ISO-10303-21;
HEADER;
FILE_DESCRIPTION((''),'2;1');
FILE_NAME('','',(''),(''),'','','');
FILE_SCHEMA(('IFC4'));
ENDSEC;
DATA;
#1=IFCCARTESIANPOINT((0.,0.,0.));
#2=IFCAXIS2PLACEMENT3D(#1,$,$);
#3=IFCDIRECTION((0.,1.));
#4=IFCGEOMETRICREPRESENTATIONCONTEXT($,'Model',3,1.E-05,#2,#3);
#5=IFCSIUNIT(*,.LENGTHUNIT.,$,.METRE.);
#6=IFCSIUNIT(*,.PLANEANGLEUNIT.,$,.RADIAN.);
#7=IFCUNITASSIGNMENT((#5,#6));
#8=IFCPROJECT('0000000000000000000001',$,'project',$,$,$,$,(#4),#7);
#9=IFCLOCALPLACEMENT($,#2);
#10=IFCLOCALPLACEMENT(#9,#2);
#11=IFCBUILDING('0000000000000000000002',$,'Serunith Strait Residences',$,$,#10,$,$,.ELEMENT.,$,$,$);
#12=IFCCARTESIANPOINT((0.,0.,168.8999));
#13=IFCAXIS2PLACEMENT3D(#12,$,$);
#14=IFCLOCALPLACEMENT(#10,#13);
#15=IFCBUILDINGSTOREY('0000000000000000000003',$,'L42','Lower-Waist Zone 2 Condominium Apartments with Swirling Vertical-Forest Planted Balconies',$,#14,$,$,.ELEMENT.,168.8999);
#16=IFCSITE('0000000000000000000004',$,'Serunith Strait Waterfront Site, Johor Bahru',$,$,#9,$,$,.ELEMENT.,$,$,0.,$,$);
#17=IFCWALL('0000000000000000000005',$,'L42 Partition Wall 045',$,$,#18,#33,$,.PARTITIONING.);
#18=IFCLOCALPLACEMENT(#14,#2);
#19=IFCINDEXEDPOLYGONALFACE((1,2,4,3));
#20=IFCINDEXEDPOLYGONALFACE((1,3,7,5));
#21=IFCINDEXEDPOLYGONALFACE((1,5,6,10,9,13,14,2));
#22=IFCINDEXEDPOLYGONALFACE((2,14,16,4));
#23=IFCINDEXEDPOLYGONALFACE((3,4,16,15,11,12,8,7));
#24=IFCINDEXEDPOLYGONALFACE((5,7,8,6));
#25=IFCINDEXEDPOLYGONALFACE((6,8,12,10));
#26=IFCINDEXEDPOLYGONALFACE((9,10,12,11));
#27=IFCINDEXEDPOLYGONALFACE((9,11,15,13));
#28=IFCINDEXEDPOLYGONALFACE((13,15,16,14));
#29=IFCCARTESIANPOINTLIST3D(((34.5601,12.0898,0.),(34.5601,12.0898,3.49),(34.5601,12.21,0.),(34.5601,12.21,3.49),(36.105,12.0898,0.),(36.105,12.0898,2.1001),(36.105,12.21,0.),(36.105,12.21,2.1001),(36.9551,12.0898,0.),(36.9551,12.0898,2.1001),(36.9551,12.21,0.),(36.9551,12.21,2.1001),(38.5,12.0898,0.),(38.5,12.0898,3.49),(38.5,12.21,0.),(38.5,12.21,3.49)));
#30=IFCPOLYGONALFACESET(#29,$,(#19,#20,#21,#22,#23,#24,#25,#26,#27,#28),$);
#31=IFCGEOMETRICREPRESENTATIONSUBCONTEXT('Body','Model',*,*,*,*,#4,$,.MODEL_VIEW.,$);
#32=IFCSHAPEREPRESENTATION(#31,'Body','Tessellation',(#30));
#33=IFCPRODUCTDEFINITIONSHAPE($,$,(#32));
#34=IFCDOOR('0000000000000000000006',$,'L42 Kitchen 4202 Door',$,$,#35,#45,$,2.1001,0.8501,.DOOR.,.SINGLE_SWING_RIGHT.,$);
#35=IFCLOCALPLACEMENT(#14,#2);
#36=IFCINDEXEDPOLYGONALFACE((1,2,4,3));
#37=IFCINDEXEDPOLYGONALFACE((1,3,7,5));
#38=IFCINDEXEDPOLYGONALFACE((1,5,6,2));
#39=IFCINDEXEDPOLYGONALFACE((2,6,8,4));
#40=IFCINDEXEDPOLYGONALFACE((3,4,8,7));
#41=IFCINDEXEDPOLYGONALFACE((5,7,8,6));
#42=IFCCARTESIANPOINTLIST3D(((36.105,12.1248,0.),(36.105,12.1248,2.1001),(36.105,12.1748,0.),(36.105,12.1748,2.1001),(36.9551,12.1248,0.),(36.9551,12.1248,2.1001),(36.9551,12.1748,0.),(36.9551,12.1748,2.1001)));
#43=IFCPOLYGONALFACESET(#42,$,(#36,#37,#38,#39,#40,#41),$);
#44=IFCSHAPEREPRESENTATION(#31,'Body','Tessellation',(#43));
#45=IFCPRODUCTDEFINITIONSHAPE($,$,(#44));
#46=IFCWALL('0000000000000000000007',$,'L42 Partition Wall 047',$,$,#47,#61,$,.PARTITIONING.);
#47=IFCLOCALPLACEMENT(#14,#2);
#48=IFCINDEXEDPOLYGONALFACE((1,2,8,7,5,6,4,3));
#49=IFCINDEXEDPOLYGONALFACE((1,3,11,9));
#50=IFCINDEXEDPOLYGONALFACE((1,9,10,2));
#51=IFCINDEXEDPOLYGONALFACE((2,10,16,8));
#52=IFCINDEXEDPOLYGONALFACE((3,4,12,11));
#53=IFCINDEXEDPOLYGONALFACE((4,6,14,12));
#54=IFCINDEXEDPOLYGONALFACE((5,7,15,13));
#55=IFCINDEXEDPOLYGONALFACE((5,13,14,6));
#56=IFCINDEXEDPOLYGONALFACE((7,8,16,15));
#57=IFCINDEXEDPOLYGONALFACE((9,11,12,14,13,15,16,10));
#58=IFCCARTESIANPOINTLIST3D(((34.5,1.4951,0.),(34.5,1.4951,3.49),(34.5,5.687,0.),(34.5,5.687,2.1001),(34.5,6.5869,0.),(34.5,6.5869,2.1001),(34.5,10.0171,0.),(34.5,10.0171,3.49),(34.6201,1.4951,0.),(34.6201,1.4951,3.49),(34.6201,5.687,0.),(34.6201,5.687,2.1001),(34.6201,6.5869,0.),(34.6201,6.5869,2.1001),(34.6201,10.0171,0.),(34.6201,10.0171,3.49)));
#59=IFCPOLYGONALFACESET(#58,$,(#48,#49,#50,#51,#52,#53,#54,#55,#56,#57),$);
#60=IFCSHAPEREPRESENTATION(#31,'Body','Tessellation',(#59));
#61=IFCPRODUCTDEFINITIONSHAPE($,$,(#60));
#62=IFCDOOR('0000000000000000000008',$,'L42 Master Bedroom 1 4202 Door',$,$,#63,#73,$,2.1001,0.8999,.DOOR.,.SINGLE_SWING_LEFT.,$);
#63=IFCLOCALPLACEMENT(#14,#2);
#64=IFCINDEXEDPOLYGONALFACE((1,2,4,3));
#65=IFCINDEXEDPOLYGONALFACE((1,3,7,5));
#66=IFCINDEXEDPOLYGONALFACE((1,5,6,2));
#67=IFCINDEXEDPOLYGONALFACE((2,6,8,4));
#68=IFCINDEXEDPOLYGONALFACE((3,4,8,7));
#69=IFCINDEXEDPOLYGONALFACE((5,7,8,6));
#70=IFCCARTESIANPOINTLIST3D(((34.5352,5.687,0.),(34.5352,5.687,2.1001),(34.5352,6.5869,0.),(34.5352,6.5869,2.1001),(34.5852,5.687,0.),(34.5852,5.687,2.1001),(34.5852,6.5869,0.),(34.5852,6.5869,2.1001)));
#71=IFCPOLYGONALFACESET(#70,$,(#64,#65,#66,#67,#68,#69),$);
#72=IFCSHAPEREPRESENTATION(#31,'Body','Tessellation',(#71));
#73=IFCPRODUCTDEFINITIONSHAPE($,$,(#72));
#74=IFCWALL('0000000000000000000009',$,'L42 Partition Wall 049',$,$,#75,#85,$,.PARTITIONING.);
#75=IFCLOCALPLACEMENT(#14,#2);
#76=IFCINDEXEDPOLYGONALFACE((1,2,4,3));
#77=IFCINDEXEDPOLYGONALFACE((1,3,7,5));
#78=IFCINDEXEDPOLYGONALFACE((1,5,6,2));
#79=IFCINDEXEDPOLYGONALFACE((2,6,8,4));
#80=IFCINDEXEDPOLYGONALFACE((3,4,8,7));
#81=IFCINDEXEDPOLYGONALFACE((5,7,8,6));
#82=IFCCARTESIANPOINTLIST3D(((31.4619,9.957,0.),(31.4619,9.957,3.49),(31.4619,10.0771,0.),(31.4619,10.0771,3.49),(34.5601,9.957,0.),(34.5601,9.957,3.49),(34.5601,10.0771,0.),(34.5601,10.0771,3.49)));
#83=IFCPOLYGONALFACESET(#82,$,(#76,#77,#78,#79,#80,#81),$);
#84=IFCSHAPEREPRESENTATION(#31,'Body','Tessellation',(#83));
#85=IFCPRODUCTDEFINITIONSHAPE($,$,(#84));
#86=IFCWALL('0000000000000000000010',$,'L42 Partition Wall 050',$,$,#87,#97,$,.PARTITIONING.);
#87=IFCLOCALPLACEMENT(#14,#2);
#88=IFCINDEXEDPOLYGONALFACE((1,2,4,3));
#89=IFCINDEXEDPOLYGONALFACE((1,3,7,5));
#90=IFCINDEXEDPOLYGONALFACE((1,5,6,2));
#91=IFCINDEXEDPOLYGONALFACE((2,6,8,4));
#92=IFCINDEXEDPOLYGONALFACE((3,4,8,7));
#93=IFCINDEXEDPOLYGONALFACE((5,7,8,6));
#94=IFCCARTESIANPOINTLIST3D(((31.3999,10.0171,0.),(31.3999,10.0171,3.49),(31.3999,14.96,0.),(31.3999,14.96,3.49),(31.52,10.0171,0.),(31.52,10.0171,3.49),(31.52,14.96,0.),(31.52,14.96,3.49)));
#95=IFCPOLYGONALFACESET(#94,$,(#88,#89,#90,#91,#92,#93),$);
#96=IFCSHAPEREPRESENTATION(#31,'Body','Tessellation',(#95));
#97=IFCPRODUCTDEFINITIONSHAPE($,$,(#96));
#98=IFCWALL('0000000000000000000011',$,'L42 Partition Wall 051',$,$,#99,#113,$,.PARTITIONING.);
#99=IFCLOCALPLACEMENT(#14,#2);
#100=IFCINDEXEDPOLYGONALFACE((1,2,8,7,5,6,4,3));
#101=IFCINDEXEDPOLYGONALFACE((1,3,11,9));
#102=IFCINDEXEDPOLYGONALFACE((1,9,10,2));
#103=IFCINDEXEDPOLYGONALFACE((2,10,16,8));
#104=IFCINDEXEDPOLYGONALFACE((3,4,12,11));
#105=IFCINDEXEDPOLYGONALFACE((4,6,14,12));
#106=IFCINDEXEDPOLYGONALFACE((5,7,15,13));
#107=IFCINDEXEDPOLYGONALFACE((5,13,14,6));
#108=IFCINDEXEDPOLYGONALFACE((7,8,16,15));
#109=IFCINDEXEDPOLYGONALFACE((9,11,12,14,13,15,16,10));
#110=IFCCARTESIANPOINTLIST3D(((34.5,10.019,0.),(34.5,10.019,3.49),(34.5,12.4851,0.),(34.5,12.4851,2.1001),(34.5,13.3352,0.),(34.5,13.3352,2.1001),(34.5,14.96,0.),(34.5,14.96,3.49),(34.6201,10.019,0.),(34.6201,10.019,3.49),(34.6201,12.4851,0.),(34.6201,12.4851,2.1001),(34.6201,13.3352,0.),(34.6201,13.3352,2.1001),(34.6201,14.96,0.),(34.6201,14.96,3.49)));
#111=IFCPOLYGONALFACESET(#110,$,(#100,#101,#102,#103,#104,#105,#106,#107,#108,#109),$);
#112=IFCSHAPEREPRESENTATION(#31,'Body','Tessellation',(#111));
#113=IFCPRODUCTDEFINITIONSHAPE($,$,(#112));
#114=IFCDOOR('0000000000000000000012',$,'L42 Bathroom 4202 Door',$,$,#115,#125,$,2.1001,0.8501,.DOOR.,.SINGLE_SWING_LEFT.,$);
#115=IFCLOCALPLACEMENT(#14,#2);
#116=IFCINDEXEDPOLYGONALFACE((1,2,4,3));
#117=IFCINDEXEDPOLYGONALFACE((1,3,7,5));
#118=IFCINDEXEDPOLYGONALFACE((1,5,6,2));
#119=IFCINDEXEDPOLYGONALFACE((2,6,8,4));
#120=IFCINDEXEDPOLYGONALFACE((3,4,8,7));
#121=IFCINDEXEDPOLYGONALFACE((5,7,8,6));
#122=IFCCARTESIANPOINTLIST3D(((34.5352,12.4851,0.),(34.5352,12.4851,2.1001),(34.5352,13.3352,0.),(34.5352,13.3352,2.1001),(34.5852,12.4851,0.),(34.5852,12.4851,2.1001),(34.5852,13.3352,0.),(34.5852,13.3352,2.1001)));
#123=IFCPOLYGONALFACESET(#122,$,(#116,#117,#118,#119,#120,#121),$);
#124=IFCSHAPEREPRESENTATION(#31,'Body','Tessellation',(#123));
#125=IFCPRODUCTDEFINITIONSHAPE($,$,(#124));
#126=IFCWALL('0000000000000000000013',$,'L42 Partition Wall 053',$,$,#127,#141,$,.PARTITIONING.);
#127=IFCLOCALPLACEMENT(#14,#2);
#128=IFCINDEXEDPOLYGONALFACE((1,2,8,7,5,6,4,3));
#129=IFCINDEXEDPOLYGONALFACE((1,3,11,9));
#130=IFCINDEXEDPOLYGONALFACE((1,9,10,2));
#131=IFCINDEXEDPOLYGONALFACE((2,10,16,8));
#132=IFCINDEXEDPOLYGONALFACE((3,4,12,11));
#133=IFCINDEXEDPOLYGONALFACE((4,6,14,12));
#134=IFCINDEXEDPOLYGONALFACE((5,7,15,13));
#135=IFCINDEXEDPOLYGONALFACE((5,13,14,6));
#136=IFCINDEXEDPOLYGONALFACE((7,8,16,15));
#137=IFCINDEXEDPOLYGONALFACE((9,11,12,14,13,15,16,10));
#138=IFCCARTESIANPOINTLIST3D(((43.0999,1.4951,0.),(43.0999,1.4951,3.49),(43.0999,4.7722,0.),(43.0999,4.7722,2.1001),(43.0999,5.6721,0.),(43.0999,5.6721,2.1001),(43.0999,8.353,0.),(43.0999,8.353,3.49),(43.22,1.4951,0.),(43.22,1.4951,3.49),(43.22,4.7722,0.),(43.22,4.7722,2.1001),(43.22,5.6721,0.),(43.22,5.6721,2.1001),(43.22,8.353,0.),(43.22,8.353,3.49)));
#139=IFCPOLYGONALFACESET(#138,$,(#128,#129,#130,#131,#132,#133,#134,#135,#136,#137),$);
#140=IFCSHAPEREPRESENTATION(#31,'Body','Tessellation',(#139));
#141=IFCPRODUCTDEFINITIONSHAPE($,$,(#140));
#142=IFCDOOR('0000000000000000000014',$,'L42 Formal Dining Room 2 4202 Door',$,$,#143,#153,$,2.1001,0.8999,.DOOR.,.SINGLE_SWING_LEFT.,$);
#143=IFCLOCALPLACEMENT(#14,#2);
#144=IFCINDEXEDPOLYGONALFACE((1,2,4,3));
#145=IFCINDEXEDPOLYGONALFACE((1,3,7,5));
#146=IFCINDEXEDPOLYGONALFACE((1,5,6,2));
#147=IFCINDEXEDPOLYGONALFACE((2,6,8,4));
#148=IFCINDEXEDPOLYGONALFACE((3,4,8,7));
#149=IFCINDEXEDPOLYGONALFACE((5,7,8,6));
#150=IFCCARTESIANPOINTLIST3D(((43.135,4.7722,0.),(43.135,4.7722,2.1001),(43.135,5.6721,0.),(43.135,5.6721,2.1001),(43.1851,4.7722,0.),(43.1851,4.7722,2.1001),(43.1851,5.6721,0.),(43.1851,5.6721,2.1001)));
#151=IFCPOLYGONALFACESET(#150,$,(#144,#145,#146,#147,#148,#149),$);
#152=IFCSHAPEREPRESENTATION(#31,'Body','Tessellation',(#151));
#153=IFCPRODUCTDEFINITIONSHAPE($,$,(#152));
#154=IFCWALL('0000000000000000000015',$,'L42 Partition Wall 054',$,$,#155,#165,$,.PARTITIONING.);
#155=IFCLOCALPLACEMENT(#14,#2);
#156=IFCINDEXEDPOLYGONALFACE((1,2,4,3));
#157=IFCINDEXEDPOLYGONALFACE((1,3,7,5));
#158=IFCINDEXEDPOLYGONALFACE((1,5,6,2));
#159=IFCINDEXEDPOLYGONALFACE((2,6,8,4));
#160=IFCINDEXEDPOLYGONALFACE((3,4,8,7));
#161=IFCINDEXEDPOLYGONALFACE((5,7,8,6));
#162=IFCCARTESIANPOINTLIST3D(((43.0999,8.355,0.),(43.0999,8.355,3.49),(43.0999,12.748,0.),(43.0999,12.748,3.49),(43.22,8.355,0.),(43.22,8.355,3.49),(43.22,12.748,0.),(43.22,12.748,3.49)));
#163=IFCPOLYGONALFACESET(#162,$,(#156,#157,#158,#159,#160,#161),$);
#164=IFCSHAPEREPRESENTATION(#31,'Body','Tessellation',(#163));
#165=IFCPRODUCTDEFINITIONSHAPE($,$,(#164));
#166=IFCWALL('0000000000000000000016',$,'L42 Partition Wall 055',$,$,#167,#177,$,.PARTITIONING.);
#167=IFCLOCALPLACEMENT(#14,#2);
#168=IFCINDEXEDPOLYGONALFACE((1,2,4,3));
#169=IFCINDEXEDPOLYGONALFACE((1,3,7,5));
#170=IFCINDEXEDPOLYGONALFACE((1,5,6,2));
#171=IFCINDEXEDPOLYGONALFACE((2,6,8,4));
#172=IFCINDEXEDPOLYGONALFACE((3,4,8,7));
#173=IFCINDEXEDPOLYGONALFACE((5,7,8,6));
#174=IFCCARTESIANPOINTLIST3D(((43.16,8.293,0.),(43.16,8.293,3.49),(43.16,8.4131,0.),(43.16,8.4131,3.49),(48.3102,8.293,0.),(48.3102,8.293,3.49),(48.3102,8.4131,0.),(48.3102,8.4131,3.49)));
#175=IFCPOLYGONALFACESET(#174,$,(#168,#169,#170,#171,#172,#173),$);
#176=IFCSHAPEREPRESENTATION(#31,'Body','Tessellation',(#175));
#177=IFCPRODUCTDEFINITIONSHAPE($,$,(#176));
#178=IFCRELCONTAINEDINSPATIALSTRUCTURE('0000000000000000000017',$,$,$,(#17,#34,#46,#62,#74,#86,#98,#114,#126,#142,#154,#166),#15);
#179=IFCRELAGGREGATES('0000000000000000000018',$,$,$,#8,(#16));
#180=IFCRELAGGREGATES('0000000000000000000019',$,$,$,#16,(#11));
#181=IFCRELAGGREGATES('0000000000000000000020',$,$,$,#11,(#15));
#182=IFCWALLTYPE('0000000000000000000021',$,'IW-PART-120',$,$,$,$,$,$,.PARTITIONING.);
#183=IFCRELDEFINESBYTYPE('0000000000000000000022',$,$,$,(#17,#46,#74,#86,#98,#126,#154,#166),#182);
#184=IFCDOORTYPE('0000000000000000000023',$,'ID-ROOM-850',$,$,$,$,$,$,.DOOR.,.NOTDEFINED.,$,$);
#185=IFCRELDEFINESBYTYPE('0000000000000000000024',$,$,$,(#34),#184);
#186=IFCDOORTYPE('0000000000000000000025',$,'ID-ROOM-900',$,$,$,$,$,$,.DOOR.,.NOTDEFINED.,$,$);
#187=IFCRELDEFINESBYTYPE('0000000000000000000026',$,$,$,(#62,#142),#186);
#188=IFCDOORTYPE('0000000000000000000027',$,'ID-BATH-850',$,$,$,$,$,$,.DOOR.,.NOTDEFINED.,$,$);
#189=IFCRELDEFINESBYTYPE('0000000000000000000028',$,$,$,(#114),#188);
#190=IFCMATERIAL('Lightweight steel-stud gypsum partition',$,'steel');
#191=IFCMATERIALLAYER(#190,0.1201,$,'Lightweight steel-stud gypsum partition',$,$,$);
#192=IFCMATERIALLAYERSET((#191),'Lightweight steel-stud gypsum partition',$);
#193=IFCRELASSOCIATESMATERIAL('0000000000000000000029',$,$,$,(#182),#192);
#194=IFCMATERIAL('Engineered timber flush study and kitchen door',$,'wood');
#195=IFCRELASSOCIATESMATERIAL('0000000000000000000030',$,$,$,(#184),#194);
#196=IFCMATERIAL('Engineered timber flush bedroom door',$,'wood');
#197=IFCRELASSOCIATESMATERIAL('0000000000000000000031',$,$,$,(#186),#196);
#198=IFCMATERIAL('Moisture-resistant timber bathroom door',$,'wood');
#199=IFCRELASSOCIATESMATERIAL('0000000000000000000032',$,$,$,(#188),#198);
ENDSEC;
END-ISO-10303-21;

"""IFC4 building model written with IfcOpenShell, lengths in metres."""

from ifc_helpers import new_model, si_unit, direction, frame, frame_2d, origin, place, context, subcontext, project, spatial, rectangle, extrude, source, transform, mapped, material, layer, layer_set, type_object, element, fill, save


model = new_model("IFC4")

# Units and contexts
model_context = context("Model", 3, precision=1e-05, world=origin(), true_north=direction((0.0, 1.0)))
body_context = subcontext(model_context, "Body", "Model", "MODEL_VIEW")
ifc_project = project(units=[si_unit("LENGTHUNIT", "METRE"), si_unit("PLANEANGLEUNIT", "RADIAN")], contexts=[model_context])

# Site, building, storey
site_placement = place(None, origin())
site = spatial("IfcSite", under=ifc_project, at=site_placement, Name="Serunith Strait Waterfront Site, Johor Bahru", CompositionType="ELEMENT", RefElevation=0.0)
building_placement = place(site_placement, origin())
building = spatial("IfcBuilding", under=site, at=building_placement, Name="Serunith Strait Residences", CompositionType="ELEMENT")
storey_placement = place(building_placement, frame((0.0, 0.0, 168.8999)))
storey = spatial("IfcBuildingStorey", under=building, at=storey_placement, Name="L42", Description="Lower-Waist Zone 2 Condominium Apartments with Swirling Vertical-Forest Planted Balconies", CompositionType="ELEMENT", Elevation=168.8999)

# Walls, openings, doors
ifc_material_1 = material(Name="Lightweight steel-stud gypsum partition", Category="steel")
ifc_layer_1 = layer(ifc_material_1, 0.1201, Name="Lightweight steel-stud gypsum partition")
ifc_layer_set_1 = layer_set([ifc_layer_1], Name="Lightweight steel-stud gypsum partition")
wall_type = type_object("IfcWallType", Name="IW-PART-120", PredefinedType="PARTITIONING", material=ifc_layer_set_1)
wall_1_placement = place(storey_placement, frame((34.5601, 12.1499, 0.0), z_axis=(0.0, 0.0, 1.0), x_axis=(1.0, 0.0, 0.0)))
wall_1 = element("IfcWall", 1, at=wall_1_placement, inside=storey, type_object=wall_type, Name="L42 Partition Wall 045", PredefinedType="PARTITIONING", context=body_context, shape_type="SweptSolid", body=[
    extrude(rectangle(XDim=3.9399, YDim=0.1201, at=frame_2d((1.97, 0.0))), origin(), (0.0, 0.0, 1.0), 3.49),
])
opening_1_placement = place(wall_1_placement, frame((1.5449, 0.0, 0.0)))
opening_1 = element("IfcOpeningElement", 2, at=opening_1_placement, cuts=wall_1, PredefinedType="OPENING", context=body_context, shape_type="SweptSolid", body=[
    extrude(rectangle(XDim=0.8501, YDim=2.1001, at=frame_2d((0.425, 1.05))), frame((0.0, 0.0701, 0.0), z_axis=(0.0, -1.0, 0.0), x_axis=(1.0, 0.0, 0.0)), (0.0, 0.0, 1.0), 0.1401),
])
ifc_material_2 = material(Name="Engineered timber flush study and kitchen door", Category="wood")
door_type_1 = type_object("IfcDoorType", Name="ID-ROOM-850", OperationType="NOTDEFINED", PredefinedType="DOOR", material=ifc_material_2)
shared_shape_1 = source(origin(), body_context, "Body", "SweptSolid", [
    extrude(rectangle(XDim=0.8501, YDim=2.1001, at=frame_2d((0.425, 1.05))), frame((0.0, 0.0249, 0.0), z_axis=(0.0, -1.0, 0.0), x_axis=(1.0, 0.0, 0.0)), (0.0, 0.0, 1.0), 0.05),
])
door_1_placement = place(opening_1_placement, origin())
door_1 = element("IfcDoor", 3, at=door_1_placement, inside=storey, type_object=door_type_1, Name="L42 Kitchen 4202 Door", OperationType="SINGLE_SWING_RIGHT", OverallHeight=2.1001, OverallWidth=0.8501, PredefinedType="DOOR", context=body_context, shape_type="MappedRepresentation", body=[
    mapped(shared_shape_1, transform((0.0, 0.0, 0.0), scale=1.0)),
])
fill(opening_1, door_1)
wall_2_placement = place(storey_placement, frame((34.5601, 1.4951, 0.0), z_axis=(0.0, 0.0, 1.0), x_axis=(0.0, 1.0, 0.0)))
wall_2 = element("IfcWall", 4, at=wall_2_placement, inside=storey, type_object=wall_type, Name="L42 Partition Wall 047", PredefinedType="PARTITIONING", context=body_context, shape_type="SweptSolid", body=[
    extrude(rectangle(XDim=8.522, YDim=0.1201, at=frame_2d((4.261, 0.0))), origin(), (0.0, 0.0, 1.0), 3.49),
])
opening_2_placement = place(wall_2_placement, frame((4.1919, 0.0, 0.0)))
opening_2 = element("IfcOpeningElement", 5, at=opening_2_placement, cuts=wall_2, PredefinedType="OPENING", context=body_context, shape_type="SweptSolid", body=[
    extrude(rectangle(XDim=0.8999, YDim=2.1001, at=frame_2d((0.45, 1.05))), frame((0.0, 0.0701, 0.0), z_axis=(0.0, -1.0, 0.0), x_axis=(1.0, 0.0, 0.0)), (0.0, 0.0, 1.0), 0.1401),
])
ifc_material_3 = material(Name="Engineered timber flush bedroom door", Category="wood")
door_type_2 = type_object("IfcDoorType", Name="ID-ROOM-900", OperationType="NOTDEFINED", PredefinedType="DOOR", material=ifc_material_3)
shared_shape_2 = source(origin(), body_context, "Body", "SweptSolid", [
    extrude(rectangle(XDim=0.8999, YDim=2.1001, at=frame_2d((0.45, 1.05))), frame((0.0, 0.0249, 0.0), z_axis=(0.0, -1.0, 0.0), x_axis=(1.0, 0.0, 0.0)), (0.0, 0.0, 1.0), 0.05),
])
door_2_placement = place(opening_2_placement, origin())
door_2 = element("IfcDoor", 6, at=door_2_placement, inside=storey, type_object=door_type_2, Name="L42 Master Bedroom 1 4202 Door", OperationType="SINGLE_SWING_LEFT", OverallHeight=2.1001, OverallWidth=0.8999, PredefinedType="DOOR", context=body_context, shape_type="MappedRepresentation", body=[
    mapped(shared_shape_2, transform((0.0, 0.0, 0.0), scale=1.0)),
])
fill(opening_2, door_2)

# Walls
wall_3_placement = place(storey_placement, frame((31.4619, 10.0171, 0.0), z_axis=(0.0, 0.0, 1.0), x_axis=(1.0, 0.0, 0.0)))
element("IfcWall", 7, at=wall_3_placement, inside=storey, type_object=wall_type, Name="L42 Partition Wall 049", PredefinedType="PARTITIONING", context=body_context, shape_type="SweptSolid", body=[
    extrude(rectangle(XDim=3.0981, YDim=0.1201, at=frame_2d((1.5491, 0.0))), origin(), (0.0, 0.0, 1.0), 3.49),
])
wall_4_placement = place(storey_placement, frame((31.46, 10.0171, 0.0), z_axis=(0.0, 0.0, 1.0), x_axis=(0.0, 1.0, 0.0)))
element("IfcWall", 8, at=wall_4_placement, inside=storey, type_object=wall_type, Name="L42 Partition Wall 050", PredefinedType="PARTITIONING", context=body_context, shape_type="SweptSolid", body=[
    extrude(rectangle(XDim=4.9429, YDim=0.1201, at=frame_2d((2.4714, 0.0))), origin(), (0.0, 0.0, 1.0), 3.49),
])

# Walls, openings, doors
wall_5_placement = place(storey_placement, frame((34.5601, 10.019, 0.0), z_axis=(0.0, 0.0, 1.0), x_axis=(0.0, 1.0, 0.0)))
wall_5 = element("IfcWall", 9, at=wall_5_placement, inside=storey, type_object=wall_type, Name="L42 Partition Wall 051", PredefinedType="PARTITIONING", context=body_context, shape_type="SweptSolid", body=[
    extrude(rectangle(XDim=4.9409, YDim=0.1201, at=frame_2d((2.4705, 0.0))), origin(), (0.0, 0.0, 1.0), 3.49),
])
opening_3_placement = place(wall_5_placement, frame((2.4661, 0.0, 0.0)))
opening_3 = element("IfcOpeningElement", 10, at=opening_3_placement, cuts=wall_5, PredefinedType="OPENING", context=body_context, shape_type="SweptSolid", body=[
    extrude(rectangle(XDim=0.8501, YDim=2.1001, at=frame_2d((0.425, 1.05))), frame((0.0, 0.0701, 0.0), z_axis=(0.0, -1.0, 0.0), x_axis=(1.0, 0.0, 0.0)), (0.0, 0.0, 1.0), 0.1401),
])
ifc_material_4 = material(Name="Moisture-resistant timber bathroom door", Category="wood")
door_type_3 = type_object("IfcDoorType", Name="ID-BATH-850", OperationType="NOTDEFINED", PredefinedType="DOOR", material=ifc_material_4)
door_3_placement = place(opening_3_placement, origin())
door_3 = element("IfcDoor", 11, at=door_3_placement, inside=storey, type_object=door_type_3, Name="L42 Bathroom 4202 Door", OperationType="SINGLE_SWING_LEFT", OverallHeight=2.1001, OverallWidth=0.8501, PredefinedType="DOOR", context=body_context, shape_type="MappedRepresentation", body=[
    mapped(shared_shape_1, transform((0.0, 0.0, 0.0), scale=1.0)),
])
fill(opening_3, door_3)
wall_6_placement = place(storey_placement, frame((43.1599, 1.4951, 0.0), z_axis=(0.0, 0.0, 1.0), x_axis=(0.0, 1.0, 0.0)))
wall_6 = element("IfcWall", 12, at=wall_6_placement, inside=storey, type_object=wall_type, Name="L42 Partition Wall 053", PredefinedType="PARTITIONING", context=body_context, shape_type="SweptSolid", body=[
    extrude(rectangle(XDim=6.8579, YDim=0.1201, at=frame_2d((3.429, 0.0))), origin(), (0.0, 0.0, 1.0), 3.49),
])
opening_4_placement = place(wall_6_placement, frame((3.2771, 0.0, 0.0)))
opening_4 = element("IfcOpeningElement", 13, at=opening_4_placement, cuts=wall_6, PredefinedType="OPENING", context=body_context, shape_type="SweptSolid", body=[
    extrude(rectangle(XDim=0.8999, YDim=2.1001, at=frame_2d((0.45, 1.05))), frame((0.0, 0.0701, 0.0), z_axis=(0.0, -1.0, 0.0), x_axis=(1.0, 0.0, 0.0)), (0.0, 0.0, 1.0), 0.1401),
])
door_4_placement = place(opening_4_placement, origin())
door_4 = element("IfcDoor", 14, at=door_4_placement, inside=storey, type_object=door_type_2, Name="L42 Formal Dining Room 2 4202 Door", OperationType="SINGLE_SWING_LEFT", OverallHeight=2.1001, OverallWidth=0.8999, PredefinedType="DOOR", context=body_context, shape_type="MappedRepresentation", body=[
    mapped(shared_shape_2, transform((0.0, 0.0, 0.0), scale=1.0)),
])
fill(opening_4, door_4)

# Walls
wall_7_placement = place(storey_placement, frame((43.1599, 8.355, 0.0), z_axis=(0.0, 0.0, 1.0), x_axis=(0.0, 1.0, 0.0)))
element("IfcWall", 15, at=wall_7_placement, inside=storey, type_object=wall_type, Name="L42 Partition Wall 054", PredefinedType="PARTITIONING", context=body_context, shape_type="SweptSolid", body=[
    extrude(rectangle(XDim=4.3931, YDim=0.1201, at=frame_2d((2.1965, 0.0))), origin(), (0.0, 0.0, 1.0), 3.49),
])
wall_8_placement = place(storey_placement, frame((43.1599, 8.353, 0.0), z_axis=(0.0, 0.0, 1.0), x_axis=(1.0, 0.0, 0.0)))
element("IfcWall", 16, at=wall_8_placement, inside=storey, type_object=wall_type, Name="L42 Partition Wall 055", PredefinedType="PARTITIONING", context=body_context, shape_type="SweptSolid", body=[
    extrude(rectangle(XDim=5.1501, YDim=0.1201, at=frame_2d((2.5752, 0.0))), origin(), (0.0, 0.0, 1.0), 3.49),
])

save(model, "model.ifc")
